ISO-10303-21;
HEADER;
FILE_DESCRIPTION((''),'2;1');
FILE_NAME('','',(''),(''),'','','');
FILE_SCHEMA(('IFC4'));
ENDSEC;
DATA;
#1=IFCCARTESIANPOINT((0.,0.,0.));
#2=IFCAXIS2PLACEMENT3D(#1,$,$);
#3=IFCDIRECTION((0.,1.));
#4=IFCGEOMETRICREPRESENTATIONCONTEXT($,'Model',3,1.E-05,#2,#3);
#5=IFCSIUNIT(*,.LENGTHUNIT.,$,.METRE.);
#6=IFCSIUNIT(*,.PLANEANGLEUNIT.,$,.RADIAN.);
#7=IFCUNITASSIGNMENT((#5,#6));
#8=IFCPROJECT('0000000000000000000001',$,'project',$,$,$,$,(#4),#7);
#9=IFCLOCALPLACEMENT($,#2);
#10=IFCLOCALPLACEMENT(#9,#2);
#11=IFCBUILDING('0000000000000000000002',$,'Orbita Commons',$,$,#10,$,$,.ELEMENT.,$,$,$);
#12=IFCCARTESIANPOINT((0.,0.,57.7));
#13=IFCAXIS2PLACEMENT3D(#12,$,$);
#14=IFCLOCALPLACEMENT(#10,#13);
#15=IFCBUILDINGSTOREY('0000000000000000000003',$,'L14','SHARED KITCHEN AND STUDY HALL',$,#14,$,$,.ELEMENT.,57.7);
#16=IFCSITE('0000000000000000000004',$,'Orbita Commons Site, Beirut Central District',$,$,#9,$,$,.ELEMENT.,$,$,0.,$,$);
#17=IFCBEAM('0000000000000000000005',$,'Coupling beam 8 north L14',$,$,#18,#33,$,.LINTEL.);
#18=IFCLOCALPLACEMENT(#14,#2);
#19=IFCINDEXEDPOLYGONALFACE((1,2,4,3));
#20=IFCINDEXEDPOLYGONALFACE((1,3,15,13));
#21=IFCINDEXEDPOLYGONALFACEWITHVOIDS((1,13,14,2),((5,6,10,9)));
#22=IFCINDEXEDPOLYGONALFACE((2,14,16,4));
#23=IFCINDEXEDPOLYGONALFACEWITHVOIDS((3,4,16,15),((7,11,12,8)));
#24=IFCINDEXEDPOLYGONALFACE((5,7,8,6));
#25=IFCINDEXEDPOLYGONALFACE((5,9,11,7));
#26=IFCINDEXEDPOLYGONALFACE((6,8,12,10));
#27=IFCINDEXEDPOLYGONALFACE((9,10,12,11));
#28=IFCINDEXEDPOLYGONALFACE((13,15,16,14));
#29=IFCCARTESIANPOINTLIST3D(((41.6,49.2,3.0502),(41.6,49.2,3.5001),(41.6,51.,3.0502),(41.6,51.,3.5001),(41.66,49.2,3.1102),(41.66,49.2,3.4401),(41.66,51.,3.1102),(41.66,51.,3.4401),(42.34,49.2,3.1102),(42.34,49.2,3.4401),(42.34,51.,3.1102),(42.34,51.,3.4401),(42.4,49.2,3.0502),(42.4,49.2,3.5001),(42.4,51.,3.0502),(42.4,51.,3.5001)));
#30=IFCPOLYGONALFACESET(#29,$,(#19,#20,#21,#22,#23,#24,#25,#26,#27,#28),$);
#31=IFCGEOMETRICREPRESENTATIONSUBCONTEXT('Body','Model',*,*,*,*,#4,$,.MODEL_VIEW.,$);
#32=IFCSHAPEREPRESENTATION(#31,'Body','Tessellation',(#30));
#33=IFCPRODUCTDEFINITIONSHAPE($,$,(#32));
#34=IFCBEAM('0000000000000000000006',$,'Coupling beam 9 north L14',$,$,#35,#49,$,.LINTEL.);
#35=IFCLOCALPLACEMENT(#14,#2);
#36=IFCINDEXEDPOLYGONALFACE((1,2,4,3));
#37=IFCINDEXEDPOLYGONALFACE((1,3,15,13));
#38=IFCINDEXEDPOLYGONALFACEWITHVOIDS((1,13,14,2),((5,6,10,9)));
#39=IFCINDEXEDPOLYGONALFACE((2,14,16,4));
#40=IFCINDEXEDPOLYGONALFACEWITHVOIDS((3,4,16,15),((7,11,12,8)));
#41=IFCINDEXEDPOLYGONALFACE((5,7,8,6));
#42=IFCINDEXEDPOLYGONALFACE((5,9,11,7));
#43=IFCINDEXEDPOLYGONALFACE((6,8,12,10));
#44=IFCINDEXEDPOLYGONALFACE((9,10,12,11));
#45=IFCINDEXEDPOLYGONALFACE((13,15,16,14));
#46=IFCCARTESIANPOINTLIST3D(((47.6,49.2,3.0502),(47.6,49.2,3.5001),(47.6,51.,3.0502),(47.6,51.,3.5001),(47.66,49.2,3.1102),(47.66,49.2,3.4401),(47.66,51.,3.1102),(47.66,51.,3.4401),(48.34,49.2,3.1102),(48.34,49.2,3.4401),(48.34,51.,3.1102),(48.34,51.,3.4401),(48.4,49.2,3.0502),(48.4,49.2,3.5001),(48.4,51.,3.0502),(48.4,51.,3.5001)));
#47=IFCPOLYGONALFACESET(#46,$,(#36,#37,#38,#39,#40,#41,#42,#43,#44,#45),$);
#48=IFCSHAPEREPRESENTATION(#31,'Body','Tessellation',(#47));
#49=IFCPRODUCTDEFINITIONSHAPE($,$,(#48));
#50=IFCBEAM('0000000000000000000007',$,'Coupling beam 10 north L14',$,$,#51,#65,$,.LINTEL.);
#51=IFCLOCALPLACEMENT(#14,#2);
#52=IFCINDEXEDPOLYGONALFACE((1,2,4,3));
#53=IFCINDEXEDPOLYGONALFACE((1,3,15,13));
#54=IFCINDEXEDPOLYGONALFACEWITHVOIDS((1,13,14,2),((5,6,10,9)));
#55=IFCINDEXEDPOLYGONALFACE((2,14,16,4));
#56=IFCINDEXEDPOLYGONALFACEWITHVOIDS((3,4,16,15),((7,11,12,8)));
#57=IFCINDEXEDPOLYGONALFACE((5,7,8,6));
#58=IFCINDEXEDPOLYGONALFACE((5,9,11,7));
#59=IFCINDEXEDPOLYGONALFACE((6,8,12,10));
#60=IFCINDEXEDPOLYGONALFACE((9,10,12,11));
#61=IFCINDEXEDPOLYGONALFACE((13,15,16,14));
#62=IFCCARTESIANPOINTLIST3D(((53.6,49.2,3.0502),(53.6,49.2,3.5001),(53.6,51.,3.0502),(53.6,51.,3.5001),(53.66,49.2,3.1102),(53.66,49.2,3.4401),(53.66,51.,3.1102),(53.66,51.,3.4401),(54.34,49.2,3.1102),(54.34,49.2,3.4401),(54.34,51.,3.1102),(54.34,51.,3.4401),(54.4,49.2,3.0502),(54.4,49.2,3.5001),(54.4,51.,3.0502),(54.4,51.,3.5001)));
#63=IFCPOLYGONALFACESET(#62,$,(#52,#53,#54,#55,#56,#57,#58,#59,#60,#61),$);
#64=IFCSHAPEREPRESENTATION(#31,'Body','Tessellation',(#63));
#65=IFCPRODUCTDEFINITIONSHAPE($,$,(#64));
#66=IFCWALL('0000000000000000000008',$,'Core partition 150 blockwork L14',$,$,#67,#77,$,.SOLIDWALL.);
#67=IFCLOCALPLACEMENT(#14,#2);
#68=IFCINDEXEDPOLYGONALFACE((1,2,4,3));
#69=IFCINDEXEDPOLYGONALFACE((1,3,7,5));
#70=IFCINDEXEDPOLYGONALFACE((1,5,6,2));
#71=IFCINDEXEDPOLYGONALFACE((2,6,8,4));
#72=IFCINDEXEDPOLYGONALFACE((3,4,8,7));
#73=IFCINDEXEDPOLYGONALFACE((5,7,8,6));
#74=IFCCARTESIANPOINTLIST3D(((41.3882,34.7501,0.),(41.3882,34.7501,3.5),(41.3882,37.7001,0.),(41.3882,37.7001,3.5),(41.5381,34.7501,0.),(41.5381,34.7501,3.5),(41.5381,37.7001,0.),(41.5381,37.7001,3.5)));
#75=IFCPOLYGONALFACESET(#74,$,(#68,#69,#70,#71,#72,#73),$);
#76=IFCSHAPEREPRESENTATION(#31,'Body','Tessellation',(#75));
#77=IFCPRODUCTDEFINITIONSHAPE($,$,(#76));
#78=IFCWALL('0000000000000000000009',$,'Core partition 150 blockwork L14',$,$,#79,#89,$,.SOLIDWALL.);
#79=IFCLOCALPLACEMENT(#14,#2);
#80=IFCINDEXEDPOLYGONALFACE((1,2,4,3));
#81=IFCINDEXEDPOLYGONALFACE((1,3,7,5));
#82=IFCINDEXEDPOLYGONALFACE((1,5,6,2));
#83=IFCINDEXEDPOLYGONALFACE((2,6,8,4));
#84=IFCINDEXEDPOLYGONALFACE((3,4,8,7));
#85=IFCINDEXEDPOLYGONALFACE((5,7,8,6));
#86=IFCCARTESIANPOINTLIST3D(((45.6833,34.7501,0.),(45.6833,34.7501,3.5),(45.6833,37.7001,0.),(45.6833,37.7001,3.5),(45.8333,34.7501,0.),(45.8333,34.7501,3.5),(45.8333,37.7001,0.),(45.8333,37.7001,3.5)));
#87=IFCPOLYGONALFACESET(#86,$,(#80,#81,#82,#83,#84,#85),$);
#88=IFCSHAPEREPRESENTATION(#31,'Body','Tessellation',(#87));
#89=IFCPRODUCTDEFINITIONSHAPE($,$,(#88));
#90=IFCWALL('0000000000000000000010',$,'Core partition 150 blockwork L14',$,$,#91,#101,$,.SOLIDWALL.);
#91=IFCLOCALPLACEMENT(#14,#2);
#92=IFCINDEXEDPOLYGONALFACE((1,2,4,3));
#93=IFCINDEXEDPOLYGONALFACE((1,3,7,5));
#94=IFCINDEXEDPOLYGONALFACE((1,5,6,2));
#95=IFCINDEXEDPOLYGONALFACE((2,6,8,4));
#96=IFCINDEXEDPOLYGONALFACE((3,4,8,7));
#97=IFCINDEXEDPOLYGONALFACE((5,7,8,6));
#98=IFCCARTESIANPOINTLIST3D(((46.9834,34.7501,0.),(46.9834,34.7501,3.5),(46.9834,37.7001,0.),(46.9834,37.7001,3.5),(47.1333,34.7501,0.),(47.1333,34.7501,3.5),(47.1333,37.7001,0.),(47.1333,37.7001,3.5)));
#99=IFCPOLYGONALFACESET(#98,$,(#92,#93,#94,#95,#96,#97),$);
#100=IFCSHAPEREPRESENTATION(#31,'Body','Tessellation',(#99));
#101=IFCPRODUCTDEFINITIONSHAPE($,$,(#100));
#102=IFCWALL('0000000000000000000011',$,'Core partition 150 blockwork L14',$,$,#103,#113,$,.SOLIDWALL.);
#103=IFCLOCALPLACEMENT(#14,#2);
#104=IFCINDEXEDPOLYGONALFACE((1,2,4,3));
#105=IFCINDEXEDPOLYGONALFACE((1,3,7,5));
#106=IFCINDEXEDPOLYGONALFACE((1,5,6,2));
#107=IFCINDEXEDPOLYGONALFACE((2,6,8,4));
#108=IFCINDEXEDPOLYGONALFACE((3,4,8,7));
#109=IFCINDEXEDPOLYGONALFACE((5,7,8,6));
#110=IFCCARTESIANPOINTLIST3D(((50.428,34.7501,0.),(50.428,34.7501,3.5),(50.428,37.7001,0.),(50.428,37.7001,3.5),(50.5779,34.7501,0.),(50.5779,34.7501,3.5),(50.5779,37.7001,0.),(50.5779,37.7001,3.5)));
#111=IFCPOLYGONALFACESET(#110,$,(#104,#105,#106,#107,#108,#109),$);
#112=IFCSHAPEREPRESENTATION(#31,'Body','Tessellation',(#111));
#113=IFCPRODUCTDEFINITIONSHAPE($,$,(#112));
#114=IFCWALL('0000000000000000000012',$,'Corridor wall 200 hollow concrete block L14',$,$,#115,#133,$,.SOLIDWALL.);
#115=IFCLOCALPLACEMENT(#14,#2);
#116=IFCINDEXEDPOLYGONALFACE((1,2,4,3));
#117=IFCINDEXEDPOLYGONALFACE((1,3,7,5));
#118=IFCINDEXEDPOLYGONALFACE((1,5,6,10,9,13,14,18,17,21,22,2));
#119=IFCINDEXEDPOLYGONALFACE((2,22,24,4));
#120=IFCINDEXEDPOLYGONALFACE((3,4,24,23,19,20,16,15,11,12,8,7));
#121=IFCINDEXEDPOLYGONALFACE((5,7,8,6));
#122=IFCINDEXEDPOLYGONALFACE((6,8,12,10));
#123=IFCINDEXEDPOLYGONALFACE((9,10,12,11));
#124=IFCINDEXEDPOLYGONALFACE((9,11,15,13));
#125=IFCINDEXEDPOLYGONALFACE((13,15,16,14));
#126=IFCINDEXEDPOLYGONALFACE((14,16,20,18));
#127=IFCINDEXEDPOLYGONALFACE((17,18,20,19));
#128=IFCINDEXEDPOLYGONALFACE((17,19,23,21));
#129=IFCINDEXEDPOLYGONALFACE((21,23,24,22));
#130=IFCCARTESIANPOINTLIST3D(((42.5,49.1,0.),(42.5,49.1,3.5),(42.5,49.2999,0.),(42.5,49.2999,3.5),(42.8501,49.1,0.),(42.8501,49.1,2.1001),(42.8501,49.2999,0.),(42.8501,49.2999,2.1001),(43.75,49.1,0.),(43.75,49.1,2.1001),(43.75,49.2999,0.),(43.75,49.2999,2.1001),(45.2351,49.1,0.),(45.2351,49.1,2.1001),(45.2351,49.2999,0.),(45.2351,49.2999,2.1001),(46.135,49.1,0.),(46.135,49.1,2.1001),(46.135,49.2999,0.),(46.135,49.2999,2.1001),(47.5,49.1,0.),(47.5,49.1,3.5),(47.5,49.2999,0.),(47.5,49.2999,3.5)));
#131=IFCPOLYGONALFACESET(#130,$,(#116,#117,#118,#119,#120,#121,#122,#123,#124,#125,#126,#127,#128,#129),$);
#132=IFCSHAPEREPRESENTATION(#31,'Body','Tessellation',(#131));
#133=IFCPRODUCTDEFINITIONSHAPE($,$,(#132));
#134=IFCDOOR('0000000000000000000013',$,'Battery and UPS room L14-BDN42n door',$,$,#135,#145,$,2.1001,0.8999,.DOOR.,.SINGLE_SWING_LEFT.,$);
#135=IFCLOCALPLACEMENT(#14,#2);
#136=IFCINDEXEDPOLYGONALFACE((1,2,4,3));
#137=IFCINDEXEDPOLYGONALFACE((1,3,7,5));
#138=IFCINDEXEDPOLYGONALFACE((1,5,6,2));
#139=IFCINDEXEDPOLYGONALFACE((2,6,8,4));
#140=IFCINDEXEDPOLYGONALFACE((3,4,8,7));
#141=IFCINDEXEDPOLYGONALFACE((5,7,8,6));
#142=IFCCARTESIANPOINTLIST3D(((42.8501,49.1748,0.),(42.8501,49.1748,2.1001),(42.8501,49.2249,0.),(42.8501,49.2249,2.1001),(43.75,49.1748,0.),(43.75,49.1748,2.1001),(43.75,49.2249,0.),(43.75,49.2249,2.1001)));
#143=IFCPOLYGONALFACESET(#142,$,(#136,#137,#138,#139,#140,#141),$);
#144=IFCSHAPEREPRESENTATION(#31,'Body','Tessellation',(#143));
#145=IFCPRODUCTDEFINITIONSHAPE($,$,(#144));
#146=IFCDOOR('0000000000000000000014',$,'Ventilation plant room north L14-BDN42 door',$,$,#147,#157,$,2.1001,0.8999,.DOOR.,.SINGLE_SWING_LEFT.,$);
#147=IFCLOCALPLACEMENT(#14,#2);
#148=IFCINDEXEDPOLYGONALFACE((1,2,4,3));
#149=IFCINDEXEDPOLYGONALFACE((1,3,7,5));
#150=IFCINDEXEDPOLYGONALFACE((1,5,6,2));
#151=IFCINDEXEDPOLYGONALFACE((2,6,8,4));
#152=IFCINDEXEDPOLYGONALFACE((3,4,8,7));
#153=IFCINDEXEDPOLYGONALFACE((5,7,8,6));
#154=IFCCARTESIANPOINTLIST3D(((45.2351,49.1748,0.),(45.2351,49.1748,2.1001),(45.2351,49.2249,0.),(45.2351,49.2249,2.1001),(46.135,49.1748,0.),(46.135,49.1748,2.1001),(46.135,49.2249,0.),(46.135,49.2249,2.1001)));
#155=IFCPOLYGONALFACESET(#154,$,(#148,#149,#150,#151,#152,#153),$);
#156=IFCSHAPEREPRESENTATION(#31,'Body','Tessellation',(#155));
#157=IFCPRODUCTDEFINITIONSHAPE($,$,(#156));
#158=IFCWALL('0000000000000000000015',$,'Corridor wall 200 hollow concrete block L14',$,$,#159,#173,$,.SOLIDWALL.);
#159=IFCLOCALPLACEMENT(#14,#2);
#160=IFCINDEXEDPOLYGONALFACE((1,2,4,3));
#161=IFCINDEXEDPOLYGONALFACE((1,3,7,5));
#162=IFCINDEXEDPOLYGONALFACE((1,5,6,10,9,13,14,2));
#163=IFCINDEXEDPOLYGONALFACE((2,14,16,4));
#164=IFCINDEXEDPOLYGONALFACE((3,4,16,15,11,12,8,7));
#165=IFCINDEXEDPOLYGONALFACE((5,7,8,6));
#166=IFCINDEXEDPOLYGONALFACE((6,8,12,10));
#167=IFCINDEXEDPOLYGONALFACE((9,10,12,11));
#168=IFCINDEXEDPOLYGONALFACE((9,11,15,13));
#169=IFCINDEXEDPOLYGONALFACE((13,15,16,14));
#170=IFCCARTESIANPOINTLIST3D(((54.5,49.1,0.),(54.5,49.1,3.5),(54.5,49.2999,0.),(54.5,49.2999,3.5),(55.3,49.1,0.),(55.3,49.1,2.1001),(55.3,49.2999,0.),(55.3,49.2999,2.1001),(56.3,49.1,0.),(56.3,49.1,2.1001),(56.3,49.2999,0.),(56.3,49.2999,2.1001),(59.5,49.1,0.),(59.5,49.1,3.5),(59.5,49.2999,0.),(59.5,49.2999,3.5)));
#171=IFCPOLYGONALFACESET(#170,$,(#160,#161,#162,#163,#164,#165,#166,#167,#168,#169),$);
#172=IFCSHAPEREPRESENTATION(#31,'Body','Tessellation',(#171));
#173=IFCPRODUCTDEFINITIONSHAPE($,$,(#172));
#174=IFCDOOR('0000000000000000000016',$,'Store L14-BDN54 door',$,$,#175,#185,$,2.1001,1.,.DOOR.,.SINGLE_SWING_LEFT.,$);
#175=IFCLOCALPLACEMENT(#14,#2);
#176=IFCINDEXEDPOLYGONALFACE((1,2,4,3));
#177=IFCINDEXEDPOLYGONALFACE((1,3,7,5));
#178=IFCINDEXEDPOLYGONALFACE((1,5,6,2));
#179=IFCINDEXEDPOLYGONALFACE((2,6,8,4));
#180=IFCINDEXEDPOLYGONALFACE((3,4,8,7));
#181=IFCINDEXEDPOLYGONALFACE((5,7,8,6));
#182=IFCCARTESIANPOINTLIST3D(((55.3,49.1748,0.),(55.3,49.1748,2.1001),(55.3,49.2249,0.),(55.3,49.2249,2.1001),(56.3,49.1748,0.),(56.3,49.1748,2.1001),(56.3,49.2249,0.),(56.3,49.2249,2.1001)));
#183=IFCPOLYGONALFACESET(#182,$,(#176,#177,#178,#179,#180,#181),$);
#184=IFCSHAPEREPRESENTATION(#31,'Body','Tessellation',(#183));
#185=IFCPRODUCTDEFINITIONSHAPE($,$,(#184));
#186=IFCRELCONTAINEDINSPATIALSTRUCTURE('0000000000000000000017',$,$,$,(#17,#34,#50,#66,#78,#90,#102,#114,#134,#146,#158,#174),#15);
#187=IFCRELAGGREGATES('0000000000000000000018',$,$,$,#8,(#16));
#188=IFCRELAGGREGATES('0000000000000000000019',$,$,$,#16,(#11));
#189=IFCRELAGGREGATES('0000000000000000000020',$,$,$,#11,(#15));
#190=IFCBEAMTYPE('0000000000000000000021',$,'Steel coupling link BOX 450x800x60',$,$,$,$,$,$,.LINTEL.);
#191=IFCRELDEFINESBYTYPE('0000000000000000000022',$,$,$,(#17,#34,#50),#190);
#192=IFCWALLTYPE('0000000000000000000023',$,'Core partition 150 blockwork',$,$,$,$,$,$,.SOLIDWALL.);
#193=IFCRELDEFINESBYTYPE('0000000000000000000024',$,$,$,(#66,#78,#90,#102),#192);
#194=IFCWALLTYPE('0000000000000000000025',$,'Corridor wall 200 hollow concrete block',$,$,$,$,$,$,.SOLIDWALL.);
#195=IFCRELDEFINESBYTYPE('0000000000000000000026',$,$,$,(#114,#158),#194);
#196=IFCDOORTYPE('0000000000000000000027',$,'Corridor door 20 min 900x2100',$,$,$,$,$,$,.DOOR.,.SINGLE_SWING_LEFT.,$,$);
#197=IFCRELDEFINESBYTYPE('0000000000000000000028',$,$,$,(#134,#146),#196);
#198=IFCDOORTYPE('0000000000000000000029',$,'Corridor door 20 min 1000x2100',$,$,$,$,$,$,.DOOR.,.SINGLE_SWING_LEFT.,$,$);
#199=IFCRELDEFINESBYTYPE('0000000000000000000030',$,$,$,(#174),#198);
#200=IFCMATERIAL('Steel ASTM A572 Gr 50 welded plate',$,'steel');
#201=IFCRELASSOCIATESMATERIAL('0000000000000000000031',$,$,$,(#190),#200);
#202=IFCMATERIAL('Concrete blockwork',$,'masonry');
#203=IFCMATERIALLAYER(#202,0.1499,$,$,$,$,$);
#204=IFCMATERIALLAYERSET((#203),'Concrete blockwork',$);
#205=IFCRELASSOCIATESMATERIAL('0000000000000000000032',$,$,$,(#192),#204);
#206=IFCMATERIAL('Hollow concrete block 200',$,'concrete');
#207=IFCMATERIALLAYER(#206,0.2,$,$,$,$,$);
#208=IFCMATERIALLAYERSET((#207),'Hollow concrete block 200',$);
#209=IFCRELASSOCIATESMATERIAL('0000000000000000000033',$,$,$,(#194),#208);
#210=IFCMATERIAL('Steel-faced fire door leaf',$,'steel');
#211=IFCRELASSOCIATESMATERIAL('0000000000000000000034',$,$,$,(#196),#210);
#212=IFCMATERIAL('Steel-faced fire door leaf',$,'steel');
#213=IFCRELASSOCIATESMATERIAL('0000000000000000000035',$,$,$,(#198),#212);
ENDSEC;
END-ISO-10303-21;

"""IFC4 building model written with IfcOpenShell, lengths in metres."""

from ifc_helpers import new_model, si_unit, direction, frame, frame_2d, origin, origin_2d, place, context, subcontext, project, spatial, rectangle, hollow_rectangle, extrude, material, layer, layer_set, material_profile, profile_set, type_object, element, fill, save


model = new_model("IFC4")

# Units and contexts
model_context = context("Model", 3, precision=1e-05, world=origin(), true_north=direction((0.0, 1.0)))
body_context = subcontext(model_context, "Body", "Model", "MODEL_VIEW")
ifc_project = project(units=[si_unit("LENGTHUNIT", "METRE"), si_unit("PLANEANGLEUNIT", "RADIAN")], contexts=[model_context])

# Site, building, storey
site_placement = place(None, origin())
site = spatial("IfcSite", under=ifc_project, at=site_placement, Name="Orbita Commons Site, Beirut Central District", CompositionType="ELEMENT", RefElevation=0.0)
building_placement = place(site_placement, origin())
building = spatial("IfcBuilding", under=site, at=building_placement, Name="Orbita Commons", CompositionType="ELEMENT")
storey_placement = place(building_placement, frame((0.0, 0.0, 57.7)))
storey = spatial("IfcBuildingStorey", under=building, at=storey_placement, Name="L14", Description="SHARED KITCHEN AND STUDY HALL", CompositionType="ELEMENT", Elevation=57.7)

# Beams
ifc_material_1 = material(Name="Steel ASTM A572 Gr 50 welded plate", Category="steel")
ifc_material_profile = material_profile(ifc_material_1, hollow_rectangle(XDim=0.8, YDim=0.45, WallThickness=0.0601, at=origin_2d()), Name="BOX 450x800x60")
ifc_profile_set = profile_set([ifc_material_profile], Name="Steel ASTM A572 Gr 50 welded plate")
beam_type = type_object("IfcBeamType", Name="Steel coupling link BOX 450x800x60", PredefinedType="LINTEL", material=ifc_profile_set)
for number, where, z_axis, x_axis, name in (
    (1, (42.0, 49.2, 3.2751), (0.0, 1.0, 0.0), (-1.0, 0.0, 0.0), "Coupling beam 8 north L14"),
    (2, (48.0, 49.2, 3.2751), (0.0, 1.0, 0.0), (-1.0, 0.0, 0.0), "Coupling beam 9 north L14"),
    (3, (54.0, 49.2, 3.2751), (0.0, 1.0, 0.0), (-1.0, 0.0, 0.0), "Coupling beam 10 north L14"),
):
    element("IfcBeam", number, at=place(storey_placement, frame(where, z_axis=z_axis, x_axis=x_axis)), inside=storey, type_object=beam_type, Name=name, PredefinedType="LINTEL", context=body_context, shape_type="SweptSolid", body=[
        extrude(hollow_rectangle(XDim=0.8, YDim=0.45, WallThickness=0.0601, at=origin_2d()), origin(), (0.0, 0.0, 1.0), 1.8),
    ])

# Walls
ifc_material_2 = material(Name="Concrete blockwork", Category="masonry")
ifc_layer_1 = layer(ifc_material_2, 0.1499)
ifc_layer_set_1 = layer_set([ifc_layer_1], Name="Concrete blockwork")
wall_type_1 = type_object("IfcWallType", Name="Core partition 150 blockwork", PredefinedType="SOLIDWALL", material=ifc_layer_set_1)
for number, where, z_axis, x_axis, name in (
    (4, (41.4631, 34.75, 0.0), (0.0, 0.0, 1.0), (0.0, 1.0, 0.0), "Core partition 150 blockwork L14"),
    (5, (45.7583, 34.75, 0.0), (0.0, 0.0, 1.0), (0.0, 1.0, 0.0), "Core partition 150 blockwork L14"),
    (6, (47.0583, 34.75, 0.0), (0.0, 0.0, 1.0), (0.0, 1.0, 0.0), "Core partition 150 blockwork L14"),
    (7, (50.5029, 34.75, 0.0), (0.0, 0.0, 1.0), (0.0, 1.0, 0.0), "Core partition 150 blockwork L14"),
):
    element("IfcWall", number, at=place(storey_placement, frame(where, z_axis=z_axis, x_axis=x_axis)), inside=storey, type_object=wall_type_1, Name=name, PredefinedType="SOLIDWALL", context=body_context, shape_type="SweptSolid", body=[
        extrude(rectangle(XDim=2.95, YDim=0.1499, at=frame_2d((1.4751, 0.0))), origin(), (0.0, 0.0, 1.0), 3.5),
    ])

# Wall, openings, doors
ifc_material_3 = material(Name="Hollow concrete block 200", Category="concrete")
ifc_layer_2 = layer(ifc_material_3, 0.2)
ifc_layer_set_2 = layer_set([ifc_layer_2], Name="Hollow concrete block 200")
wall_type_2 = type_object("IfcWallType", Name="Corridor wall 200 hollow concrete block", PredefinedType="SOLIDWALL", material=ifc_layer_set_2)
wall_1_placement = place(storey_placement, frame((42.5, 49.2, 0.0), z_axis=(0.0, 0.0, 1.0), x_axis=(1.0, 0.0, 0.0)))
wall_1 = element("IfcWall", 8, at=wall_1_placement, inside=storey, type_object=wall_type_2, Name="Corridor wall 200 hollow concrete block L14", PredefinedType="SOLIDWALL", context=body_context, shape_type="SweptSolid", body=[
    extrude(rectangle(XDim=5.0, YDim=0.2, at=frame_2d((2.5, 0.0))), origin(), (0.0, 0.0, 1.0), 3.5),
])
opening_1_placement = place(wall_1_placement, frame((0.3501, 0.0, 0.0)))
opening_1 = element("IfcOpeningElement", 9, at=opening_1_placement, cuts=wall_1, PredefinedType="OPENING", context=body_context, shape_type="SweptSolid", body=[
    extrude(rectangle(XDim=0.8999, YDim=2.1001, at=frame_2d((0.45, 1.05))), frame((0.0, 0.1099, 0.0), z_axis=(0.0, -1.0, 0.0), x_axis=(1.0, 0.0, 0.0)), (0.0, 0.0, 1.0), 0.22),
])
opening_2_placement = place(wall_1_placement, frame((2.7351, 0.0, 0.0)))
opening_2 = element("IfcOpeningElement", 10, at=opening_2_placement, cuts=wall_1, PredefinedType="OPENING", context=body_context, shape_type="SweptSolid", body=[
    extrude(rectangle(XDim=0.8999, YDim=2.1001, at=frame_2d((0.45, 1.05))), frame((0.0, 0.1099, 0.0), z_axis=(0.0, -1.0, 0.0), x_axis=(1.0, 0.0, 0.0)), (0.0, 0.0, 1.0), 0.22),
])
ifc_material_4 = material(Name="Steel-faced fire door leaf", Category="steel")
door_type_1 = type_object("IfcDoorType", Name="Corridor door 20 min 900x2100", OperationType="SINGLE_SWING_LEFT", PredefinedType="DOOR", material=ifc_material_4)
door_1_placement = place(opening_1_placement, origin())
door_1 = element("IfcDoor", 11, at=door_1_placement, inside=storey, type_object=door_type_1, Name="Battery and UPS room L14-BDN42n door", OperationType="SINGLE_SWING_LEFT", OverallHeight=2.1001, OverallWidth=0.8999, PredefinedType="DOOR", context=body_context, shape_type="SweptSolid", body=[
    extrude(rectangle(XDim=0.8999, YDim=2.1001, at=frame_2d((0.45, 1.05))), frame((0.0, 0.0249, 0.0), z_axis=(0.0, -1.0, 0.0), x_axis=(1.0, 0.0, 0.0)), (0.0, 0.0, 1.0), 0.05),
])
fill(opening_1, door_1)
door_2_placement = place(opening_2_placement, origin())
door_2 = element("IfcDoor", 12, at=door_2_placement, inside=storey, type_object=door_type_1, Name="Ventilation plant room north L14-BDN42 door", OperationType="SINGLE_SWING_LEFT", OverallHeight=2.1001, OverallWidth=0.8999, PredefinedType="DOOR", context=body_context, shape_type="SweptSolid", body=[
    extrude(rectangle(XDim=0.8999, YDim=2.1001, at=frame_2d((0.45, 1.05))), frame((0.0, 0.0249, 0.0), z_axis=(0.0, -1.0, 0.0), x_axis=(1.0, 0.0, 0.0)), (0.0, 0.0, 1.0), 0.05),
])
fill(opening_2, door_2)

# Wall, opening, door
wall_2_placement = place(storey_placement, frame((54.5, 49.2, 0.0), z_axis=(0.0, 0.0, 1.0), x_axis=(1.0, 0.0, 0.0)))
wall_2 = element("IfcWall", 13, at=wall_2_placement, inside=storey, type_object=wall_type_2, Name="Corridor wall 200 hollow concrete block L14", PredefinedType="SOLIDWALL", context=body_context, shape_type="SweptSolid", body=[
    extrude(rectangle(XDim=5.0, YDim=0.2, at=frame_2d((2.5, 0.0))), origin(), (0.0, 0.0, 1.0), 3.5),
])
opening_3_placement = place(wall_2_placement, frame((0.8, 0.0, 0.0)))
opening_3 = element("IfcOpeningElement", 14, at=opening_3_placement, cuts=wall_2, PredefinedType="OPENING", context=body_context, shape_type="SweptSolid", body=[
    extrude(rectangle(XDim=1.0, YDim=2.1001, at=frame_2d((0.5, 1.05))), frame((0.0, 0.1099, 0.0), z_axis=(0.0, -1.0, 0.0), x_axis=(1.0, 0.0, 0.0)), (0.0, 0.0, 1.0), 0.22),
])
ifc_material_5 = material(Name="Steel-faced fire door leaf", Category="steel")
door_type_2 = type_object("IfcDoorType", Name="Corridor door 20 min 1000x2100", OperationType="SINGLE_SWING_LEFT", PredefinedType="DOOR", material=ifc_material_5)
door_3_placement = place(opening_3_placement, origin())
door_3 = element("IfcDoor", 15, at=door_3_placement, inside=storey, type_object=door_type_2, Name="Store L14-BDN54 door", OperationType="SINGLE_SWING_LEFT", OverallHeight=2.1001, OverallWidth=1.0, PredefinedType="DOOR", context=body_context, shape_type="SweptSolid", body=[
    extrude(rectangle(XDim=1.0, YDim=2.1001, at=frame_2d((0.5, 1.05))), frame((0.0, 0.0249, 0.0), z_axis=(0.0, -1.0, 0.0), x_axis=(1.0, 0.0, 0.0)), (0.0, 0.0, 1.0), 0.05),
])
fill(opening_3, door_3)

save(model, "model.ifc")
